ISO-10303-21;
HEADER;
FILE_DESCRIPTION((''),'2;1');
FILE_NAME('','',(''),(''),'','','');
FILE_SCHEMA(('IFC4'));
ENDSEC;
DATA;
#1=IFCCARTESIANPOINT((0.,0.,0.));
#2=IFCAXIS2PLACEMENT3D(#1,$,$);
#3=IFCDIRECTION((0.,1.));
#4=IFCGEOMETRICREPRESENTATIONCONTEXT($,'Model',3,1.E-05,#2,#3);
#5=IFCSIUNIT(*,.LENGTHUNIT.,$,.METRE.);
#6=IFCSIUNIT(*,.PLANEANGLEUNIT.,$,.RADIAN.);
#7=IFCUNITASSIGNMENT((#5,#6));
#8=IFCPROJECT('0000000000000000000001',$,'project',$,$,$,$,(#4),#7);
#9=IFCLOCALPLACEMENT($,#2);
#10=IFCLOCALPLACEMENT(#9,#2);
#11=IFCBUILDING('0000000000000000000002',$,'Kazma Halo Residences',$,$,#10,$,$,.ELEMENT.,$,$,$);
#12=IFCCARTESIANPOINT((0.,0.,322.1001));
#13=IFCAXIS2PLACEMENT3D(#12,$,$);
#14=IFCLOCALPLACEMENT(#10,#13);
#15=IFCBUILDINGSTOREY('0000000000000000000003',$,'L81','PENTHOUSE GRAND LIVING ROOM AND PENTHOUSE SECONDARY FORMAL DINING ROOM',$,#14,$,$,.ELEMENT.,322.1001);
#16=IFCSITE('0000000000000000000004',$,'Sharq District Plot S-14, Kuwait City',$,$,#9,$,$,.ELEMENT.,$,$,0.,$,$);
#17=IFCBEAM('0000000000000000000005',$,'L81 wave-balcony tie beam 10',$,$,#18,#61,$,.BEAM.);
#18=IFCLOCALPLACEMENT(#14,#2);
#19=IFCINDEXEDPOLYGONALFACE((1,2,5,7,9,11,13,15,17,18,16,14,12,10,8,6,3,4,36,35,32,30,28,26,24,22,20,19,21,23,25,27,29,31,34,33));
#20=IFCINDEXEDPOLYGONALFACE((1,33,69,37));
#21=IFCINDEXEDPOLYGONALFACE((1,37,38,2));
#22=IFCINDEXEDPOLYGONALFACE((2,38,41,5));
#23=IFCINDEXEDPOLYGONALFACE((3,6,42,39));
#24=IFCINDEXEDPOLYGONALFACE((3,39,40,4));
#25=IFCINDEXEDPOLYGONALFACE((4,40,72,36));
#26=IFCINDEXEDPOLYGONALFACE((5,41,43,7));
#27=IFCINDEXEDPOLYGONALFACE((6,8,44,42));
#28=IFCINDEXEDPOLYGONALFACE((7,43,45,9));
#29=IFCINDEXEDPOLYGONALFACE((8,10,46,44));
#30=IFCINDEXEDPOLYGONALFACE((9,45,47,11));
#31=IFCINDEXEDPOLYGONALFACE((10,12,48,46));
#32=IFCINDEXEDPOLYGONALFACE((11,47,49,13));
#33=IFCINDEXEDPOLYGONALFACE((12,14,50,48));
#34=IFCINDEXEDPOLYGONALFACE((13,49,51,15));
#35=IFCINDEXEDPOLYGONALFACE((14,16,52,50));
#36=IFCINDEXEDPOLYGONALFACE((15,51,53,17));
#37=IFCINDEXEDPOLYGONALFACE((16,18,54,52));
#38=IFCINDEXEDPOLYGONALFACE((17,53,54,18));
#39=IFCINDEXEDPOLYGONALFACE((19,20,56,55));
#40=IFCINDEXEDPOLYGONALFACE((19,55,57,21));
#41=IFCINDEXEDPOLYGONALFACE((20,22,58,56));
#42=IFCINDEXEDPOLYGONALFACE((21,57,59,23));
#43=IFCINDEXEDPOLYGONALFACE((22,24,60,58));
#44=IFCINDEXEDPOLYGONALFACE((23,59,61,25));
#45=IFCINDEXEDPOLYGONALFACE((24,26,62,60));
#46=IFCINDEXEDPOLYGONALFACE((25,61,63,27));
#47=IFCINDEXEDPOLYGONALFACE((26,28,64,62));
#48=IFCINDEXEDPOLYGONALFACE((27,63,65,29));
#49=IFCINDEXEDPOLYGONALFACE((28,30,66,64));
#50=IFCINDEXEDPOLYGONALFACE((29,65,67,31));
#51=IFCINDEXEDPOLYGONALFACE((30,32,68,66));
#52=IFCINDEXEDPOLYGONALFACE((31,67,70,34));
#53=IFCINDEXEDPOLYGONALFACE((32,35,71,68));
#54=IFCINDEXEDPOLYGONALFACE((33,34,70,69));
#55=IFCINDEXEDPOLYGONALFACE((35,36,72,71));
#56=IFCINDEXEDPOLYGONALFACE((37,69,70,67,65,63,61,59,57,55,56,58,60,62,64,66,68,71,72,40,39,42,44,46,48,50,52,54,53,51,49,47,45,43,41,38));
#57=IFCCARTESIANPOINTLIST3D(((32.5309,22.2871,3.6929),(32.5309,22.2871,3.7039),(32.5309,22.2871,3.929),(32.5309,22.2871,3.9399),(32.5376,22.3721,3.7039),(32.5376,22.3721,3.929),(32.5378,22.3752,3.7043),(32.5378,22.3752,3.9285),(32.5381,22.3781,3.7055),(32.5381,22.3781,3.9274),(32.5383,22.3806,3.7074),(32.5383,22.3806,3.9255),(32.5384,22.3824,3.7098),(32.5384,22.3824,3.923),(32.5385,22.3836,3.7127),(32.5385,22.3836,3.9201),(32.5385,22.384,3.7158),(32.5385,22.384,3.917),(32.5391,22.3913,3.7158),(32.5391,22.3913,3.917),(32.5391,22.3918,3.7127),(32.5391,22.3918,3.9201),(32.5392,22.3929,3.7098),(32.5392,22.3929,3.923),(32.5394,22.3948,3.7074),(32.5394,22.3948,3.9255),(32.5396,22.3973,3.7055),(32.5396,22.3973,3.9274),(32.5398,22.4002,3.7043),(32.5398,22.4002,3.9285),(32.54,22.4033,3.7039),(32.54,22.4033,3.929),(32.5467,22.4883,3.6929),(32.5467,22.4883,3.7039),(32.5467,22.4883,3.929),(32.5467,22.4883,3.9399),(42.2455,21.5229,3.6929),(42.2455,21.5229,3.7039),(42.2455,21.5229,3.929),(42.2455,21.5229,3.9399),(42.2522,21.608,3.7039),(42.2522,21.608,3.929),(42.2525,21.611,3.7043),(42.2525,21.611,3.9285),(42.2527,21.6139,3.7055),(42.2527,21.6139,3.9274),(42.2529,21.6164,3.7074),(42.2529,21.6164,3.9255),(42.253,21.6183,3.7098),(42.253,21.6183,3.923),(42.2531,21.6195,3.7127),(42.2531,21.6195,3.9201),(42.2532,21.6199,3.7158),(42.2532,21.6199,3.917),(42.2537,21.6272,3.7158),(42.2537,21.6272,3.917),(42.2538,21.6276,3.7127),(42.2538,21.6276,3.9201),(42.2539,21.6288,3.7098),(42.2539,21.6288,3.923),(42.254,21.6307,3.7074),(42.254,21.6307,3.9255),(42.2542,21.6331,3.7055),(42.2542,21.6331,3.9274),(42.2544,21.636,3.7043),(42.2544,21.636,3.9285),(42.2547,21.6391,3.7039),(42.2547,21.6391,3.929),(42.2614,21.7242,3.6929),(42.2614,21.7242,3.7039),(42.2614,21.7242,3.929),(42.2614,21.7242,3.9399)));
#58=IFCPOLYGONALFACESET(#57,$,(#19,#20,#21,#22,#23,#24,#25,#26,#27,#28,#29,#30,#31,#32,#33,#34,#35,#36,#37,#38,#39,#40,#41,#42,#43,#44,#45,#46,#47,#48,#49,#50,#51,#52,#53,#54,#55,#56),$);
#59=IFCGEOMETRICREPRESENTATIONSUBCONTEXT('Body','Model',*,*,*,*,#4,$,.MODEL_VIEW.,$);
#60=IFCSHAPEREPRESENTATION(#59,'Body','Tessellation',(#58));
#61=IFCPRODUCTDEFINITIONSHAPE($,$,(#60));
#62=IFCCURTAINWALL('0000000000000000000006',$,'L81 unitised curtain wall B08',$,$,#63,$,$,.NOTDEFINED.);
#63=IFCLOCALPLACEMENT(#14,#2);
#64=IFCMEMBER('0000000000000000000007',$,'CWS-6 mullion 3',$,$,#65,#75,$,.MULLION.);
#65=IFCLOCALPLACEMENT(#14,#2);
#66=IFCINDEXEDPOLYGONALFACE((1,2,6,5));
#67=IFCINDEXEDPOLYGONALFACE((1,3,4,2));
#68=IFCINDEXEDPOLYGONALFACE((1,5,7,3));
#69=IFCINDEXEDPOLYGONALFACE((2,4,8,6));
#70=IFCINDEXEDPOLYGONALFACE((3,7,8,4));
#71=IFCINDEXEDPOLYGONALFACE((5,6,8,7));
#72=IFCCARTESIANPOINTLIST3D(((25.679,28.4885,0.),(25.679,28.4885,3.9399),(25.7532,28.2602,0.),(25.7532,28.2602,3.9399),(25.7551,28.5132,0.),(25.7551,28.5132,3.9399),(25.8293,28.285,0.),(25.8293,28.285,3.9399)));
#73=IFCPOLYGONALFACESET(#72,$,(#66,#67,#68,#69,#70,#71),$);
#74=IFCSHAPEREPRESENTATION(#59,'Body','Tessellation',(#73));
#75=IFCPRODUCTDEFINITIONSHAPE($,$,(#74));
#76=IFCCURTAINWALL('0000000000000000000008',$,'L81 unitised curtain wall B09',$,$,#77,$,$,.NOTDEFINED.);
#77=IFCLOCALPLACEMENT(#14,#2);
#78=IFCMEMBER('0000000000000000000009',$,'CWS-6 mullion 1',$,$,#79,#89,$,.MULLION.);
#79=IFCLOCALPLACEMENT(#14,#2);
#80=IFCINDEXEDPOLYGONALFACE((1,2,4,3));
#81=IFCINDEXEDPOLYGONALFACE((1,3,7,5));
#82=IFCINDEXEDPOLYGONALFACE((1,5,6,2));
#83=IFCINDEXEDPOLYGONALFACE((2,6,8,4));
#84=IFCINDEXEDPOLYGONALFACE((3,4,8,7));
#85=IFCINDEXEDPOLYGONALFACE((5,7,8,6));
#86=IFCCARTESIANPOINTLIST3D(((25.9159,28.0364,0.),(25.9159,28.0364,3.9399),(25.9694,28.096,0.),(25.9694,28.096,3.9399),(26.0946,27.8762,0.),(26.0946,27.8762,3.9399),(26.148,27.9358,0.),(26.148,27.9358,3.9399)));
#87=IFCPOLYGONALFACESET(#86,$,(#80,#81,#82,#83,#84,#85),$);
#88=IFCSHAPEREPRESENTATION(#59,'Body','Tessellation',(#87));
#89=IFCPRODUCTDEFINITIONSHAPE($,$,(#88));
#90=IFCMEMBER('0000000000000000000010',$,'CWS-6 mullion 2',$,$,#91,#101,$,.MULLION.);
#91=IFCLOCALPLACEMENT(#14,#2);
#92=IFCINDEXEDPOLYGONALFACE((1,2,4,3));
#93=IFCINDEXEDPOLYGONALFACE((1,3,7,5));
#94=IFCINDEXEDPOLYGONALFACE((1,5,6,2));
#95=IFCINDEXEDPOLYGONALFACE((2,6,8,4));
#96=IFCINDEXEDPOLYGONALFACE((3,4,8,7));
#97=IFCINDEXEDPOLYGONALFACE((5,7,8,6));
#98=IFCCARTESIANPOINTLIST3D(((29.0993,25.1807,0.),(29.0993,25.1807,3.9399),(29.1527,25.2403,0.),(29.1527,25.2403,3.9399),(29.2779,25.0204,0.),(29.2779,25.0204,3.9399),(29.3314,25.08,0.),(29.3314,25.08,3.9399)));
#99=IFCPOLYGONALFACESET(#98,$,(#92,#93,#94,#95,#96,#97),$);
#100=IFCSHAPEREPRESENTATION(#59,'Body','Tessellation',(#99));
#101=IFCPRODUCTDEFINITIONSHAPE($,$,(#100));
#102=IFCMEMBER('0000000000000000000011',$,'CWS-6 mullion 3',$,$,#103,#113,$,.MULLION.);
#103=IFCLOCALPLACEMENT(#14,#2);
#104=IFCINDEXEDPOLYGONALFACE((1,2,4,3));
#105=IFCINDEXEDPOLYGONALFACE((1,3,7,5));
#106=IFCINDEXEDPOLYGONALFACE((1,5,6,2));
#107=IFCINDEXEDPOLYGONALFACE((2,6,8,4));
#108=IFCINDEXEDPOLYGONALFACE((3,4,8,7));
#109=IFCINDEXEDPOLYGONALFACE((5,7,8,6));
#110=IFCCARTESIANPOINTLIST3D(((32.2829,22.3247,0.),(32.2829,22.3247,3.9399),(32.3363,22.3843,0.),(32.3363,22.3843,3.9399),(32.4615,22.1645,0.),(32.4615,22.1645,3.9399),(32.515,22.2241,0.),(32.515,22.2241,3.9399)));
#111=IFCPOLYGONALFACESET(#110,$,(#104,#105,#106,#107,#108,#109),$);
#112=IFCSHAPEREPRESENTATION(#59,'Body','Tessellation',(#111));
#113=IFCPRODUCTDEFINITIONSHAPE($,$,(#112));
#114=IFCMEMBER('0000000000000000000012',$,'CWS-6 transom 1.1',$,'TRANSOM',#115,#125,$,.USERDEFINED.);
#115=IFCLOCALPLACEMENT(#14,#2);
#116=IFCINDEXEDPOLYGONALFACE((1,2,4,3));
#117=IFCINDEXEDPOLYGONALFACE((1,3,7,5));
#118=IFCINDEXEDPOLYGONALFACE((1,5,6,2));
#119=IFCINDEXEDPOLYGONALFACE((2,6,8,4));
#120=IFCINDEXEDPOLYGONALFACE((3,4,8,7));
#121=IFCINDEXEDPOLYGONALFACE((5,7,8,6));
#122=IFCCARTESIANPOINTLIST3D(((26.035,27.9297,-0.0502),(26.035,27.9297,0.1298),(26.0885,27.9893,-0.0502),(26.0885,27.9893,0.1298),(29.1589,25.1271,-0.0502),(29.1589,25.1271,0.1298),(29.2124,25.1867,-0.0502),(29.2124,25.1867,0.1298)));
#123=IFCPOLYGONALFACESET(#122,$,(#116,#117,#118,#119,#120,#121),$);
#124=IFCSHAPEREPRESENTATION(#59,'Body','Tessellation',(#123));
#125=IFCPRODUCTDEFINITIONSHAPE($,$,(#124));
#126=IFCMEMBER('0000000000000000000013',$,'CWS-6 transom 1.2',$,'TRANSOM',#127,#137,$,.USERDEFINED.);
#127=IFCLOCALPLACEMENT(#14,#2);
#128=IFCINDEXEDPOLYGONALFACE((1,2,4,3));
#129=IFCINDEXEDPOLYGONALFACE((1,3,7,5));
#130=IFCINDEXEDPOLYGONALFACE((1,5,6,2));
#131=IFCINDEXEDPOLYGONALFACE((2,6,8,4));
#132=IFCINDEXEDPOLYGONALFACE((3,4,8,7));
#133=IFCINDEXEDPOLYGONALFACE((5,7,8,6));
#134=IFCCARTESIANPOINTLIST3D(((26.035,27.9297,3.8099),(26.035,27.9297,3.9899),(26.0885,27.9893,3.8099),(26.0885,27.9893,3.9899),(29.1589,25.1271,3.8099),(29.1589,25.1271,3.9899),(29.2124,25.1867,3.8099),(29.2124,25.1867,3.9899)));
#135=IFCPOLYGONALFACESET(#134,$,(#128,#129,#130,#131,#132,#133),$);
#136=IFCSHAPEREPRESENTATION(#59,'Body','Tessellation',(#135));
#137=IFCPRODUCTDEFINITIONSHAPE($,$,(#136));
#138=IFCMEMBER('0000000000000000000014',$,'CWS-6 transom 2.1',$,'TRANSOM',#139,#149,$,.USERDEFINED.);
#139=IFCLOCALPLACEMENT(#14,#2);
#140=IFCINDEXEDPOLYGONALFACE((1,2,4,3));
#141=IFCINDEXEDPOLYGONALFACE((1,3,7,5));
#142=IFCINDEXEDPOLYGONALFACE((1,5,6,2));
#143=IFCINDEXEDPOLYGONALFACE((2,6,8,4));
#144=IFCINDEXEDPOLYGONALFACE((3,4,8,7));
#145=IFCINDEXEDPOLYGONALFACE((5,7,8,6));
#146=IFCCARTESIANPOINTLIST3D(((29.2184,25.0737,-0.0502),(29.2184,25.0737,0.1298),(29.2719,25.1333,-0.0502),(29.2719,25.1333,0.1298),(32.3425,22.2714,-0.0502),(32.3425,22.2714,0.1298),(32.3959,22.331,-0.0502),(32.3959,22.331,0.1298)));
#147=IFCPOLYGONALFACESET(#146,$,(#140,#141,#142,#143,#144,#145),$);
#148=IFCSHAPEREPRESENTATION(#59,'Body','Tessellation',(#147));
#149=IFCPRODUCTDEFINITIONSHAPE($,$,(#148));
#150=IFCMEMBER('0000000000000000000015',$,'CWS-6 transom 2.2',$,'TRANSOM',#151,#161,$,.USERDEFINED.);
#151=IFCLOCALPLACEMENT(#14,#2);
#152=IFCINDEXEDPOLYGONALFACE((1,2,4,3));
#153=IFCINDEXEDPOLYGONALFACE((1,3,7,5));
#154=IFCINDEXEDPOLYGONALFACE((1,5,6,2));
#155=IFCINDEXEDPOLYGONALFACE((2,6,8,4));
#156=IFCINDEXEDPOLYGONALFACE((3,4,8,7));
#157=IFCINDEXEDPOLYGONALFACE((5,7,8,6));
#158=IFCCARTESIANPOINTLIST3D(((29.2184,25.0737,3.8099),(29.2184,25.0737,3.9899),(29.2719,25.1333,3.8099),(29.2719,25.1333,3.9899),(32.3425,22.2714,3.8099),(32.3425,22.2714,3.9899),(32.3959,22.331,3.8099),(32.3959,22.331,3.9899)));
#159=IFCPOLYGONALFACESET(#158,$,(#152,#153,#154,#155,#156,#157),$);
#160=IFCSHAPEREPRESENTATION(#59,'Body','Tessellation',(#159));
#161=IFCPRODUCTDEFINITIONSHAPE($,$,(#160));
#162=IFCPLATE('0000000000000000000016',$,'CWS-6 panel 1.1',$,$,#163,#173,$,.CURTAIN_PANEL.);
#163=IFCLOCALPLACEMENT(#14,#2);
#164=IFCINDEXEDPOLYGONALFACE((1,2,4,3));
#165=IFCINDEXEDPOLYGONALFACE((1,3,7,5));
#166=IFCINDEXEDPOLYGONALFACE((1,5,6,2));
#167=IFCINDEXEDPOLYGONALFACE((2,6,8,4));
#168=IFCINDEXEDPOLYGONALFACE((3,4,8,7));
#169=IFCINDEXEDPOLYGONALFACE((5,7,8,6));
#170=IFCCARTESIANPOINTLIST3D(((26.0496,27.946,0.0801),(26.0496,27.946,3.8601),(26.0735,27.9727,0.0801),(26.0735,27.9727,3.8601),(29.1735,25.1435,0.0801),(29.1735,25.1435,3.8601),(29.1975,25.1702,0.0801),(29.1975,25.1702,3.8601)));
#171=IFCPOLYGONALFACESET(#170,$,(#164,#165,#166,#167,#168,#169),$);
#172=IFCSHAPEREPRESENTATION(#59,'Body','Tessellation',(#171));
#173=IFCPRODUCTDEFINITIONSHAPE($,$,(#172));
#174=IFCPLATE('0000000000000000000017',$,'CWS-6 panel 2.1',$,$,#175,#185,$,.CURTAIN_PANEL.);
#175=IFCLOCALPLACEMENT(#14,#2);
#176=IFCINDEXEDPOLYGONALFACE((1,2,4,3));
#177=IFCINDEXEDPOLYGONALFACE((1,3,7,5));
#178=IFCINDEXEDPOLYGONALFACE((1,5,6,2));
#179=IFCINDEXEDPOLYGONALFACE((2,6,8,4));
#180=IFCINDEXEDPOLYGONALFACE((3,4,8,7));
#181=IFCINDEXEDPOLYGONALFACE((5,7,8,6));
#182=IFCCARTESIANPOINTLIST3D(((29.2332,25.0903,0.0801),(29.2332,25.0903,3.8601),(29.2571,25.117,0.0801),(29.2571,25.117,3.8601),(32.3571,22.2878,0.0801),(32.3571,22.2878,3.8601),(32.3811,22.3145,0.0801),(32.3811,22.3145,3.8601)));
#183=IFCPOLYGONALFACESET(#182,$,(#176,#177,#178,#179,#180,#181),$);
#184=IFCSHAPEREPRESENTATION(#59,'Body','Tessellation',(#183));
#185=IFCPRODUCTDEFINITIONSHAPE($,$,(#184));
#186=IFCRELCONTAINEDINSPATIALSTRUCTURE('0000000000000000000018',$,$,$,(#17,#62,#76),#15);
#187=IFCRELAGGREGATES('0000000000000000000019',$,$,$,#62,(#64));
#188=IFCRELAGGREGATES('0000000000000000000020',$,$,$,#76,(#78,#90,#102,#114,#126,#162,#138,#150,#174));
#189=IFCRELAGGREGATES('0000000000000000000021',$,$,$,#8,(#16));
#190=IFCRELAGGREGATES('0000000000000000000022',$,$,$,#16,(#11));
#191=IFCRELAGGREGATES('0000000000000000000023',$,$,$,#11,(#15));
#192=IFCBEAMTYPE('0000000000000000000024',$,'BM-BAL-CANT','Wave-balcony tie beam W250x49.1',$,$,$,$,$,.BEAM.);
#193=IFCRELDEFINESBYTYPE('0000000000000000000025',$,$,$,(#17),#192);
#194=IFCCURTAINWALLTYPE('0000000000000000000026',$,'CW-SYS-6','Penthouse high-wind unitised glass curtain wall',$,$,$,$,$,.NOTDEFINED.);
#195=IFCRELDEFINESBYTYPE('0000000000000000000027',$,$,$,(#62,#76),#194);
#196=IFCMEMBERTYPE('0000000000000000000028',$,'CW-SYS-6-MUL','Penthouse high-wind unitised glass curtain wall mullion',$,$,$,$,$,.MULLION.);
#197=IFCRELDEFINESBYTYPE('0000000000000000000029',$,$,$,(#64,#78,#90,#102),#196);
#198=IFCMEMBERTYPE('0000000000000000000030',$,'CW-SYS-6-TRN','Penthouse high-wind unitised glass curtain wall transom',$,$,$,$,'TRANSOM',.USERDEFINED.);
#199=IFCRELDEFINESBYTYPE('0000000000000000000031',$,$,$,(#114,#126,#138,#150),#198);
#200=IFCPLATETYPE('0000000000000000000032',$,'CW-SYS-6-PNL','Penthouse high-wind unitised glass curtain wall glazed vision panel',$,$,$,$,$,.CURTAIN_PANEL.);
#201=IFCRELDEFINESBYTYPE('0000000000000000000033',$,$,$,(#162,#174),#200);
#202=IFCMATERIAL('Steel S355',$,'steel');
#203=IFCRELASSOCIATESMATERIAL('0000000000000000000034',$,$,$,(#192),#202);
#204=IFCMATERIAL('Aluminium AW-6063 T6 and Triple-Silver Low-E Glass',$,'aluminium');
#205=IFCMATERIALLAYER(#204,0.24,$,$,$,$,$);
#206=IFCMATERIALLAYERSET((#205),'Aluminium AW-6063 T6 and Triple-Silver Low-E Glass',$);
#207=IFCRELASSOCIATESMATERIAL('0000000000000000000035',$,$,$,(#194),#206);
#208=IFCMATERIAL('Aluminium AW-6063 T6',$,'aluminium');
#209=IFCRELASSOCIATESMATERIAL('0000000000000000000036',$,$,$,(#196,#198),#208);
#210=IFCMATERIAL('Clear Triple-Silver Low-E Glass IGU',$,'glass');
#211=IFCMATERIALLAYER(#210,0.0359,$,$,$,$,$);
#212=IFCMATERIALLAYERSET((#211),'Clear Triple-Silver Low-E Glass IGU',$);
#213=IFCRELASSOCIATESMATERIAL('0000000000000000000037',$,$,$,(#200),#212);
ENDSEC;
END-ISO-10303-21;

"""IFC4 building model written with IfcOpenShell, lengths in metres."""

from ifc_helpers import new_model, si_unit, direction, frame, origin, origin_2d, place, context, subcontext, project, spatial, rectangle, i_section, extrude, material, layer, layer_set, material_profile, profile_set, type_object, element, aggregate, save


model = new_model("IFC4")

# Units and contexts
model_context = context("Model", 3, precision=1e-05, world=origin(), true_north=direction((0.0, 1.0)))
body_context = subcontext(model_context, "Body", "Model", "MODEL_VIEW")
ifc_project = project(units=[si_unit("LENGTHUNIT", "METRE"), si_unit("PLANEANGLEUNIT", "RADIAN")], contexts=[model_context])

# Site, building, storey
site_placement = place(None, origin())
site = spatial("IfcSite", under=ifc_project, at=site_placement, Name="Sharq District Plot S-14, Kuwait City", CompositionType="ELEMENT", RefElevation=0.0)
building_placement = place(site_placement, origin())
building = spatial("IfcBuilding", under=site, at=building_placement, Name="Kazma Halo Residences", CompositionType="ELEMENT")
storey_placement = place(building_placement, frame((0.0, 0.0, 322.1001)))
storey = spatial("IfcBuildingStorey", under=building, at=storey_placement, Name="L81", Description="PENTHOUSE GRAND LIVING ROOM AND PENTHOUSE SECONDARY FORMAL DINING ROOM", CompositionType="ELEMENT", Elevation=322.1001)

# Beam
ifc_material_1 = material(Name="Steel S355", Category="steel")
ifc_material_profile_1 = material_profile(ifc_material_1, i_section(OverallWidth=0.2019, OverallDepth=0.2471, WebThickness=0.0073, FlangeThickness=0.011, FilletRadius=0.012, at=origin_2d()), Name="W250x49.1")
ifc_profile_set_1 = profile_set([ifc_material_profile_1], Name="Steel S355")
beam_type = type_object("IfcBeamType", Name="BM-BAL-CANT", Description="Wave-balcony tie beam W250x49.1", PredefinedType="BEAM", material=ifc_profile_set_1)
beam_placement = place(storey_placement, frame((32.5388, 22.3877, 3.8164), z_axis=(0.996921, -0.078419, 0.0), x_axis=(0.078419, 0.996921, 0.0)))
element("IfcBeam", 1, at=beam_placement, inside=storey, type_object=beam_type, Name="L81 wave-balcony tie beam 10", PredefinedType="BEAM", context=body_context, shape_type="SweptSolid", body=[
    extrude(i_section(OverallWidth=0.2019, OverallDepth=0.2471, WebThickness=0.0073, FlangeThickness=0.011, FilletRadius=0.012, at=origin_2d()), origin(), (0.0, 0.0, 1.0), 9.7446),
])

# Curtain wall, member
ifc_material_2 = material(Name="Aluminium AW-6063 T6 and Triple-Silver Low-E Glass", Category="aluminium")
ifc_layer_1 = layer(ifc_material_2, 0.24)
ifc_layer_set_1 = layer_set([ifc_layer_1], Name="Aluminium AW-6063 T6 and Triple-Silver Low-E Glass")
curtain_wall_type = type_object("IfcCurtainWallType", Name="CW-SYS-6", Description="Penthouse high-wind unitised glass curtain wall", PredefinedType="NOTDEFINED", material=ifc_layer_set_1)
curtain_wall_1_placement = place(storey_placement, origin())
curtain_wall_1 = element("IfcCurtainWall", 2, at=curtain_wall_1_placement, inside=storey, type_object=curtain_wall_type, Name="L81 unitised curtain wall B08", PredefinedType="NOTDEFINED")
ifc_material_3 = material(Name="Aluminium AW-6063 T6", Category="aluminium")
ifc_material_profile_2 = material_profile(ifc_material_3, rectangle(XDim=0.0801, YDim=0.24, at=origin_2d()), Name="CWM-80x240")
ifc_profile_set_2 = profile_set([ifc_material_profile_2], Name="Aluminium AW-6063 T6")
member_type_1 = type_object("IfcMemberType", Name="CW-SYS-6-MUL", Description="Penthouse high-wind unitised glass curtain wall mullion", PredefinedType="MULLION", material=ifc_profile_set_2)
member_1_placement = place(storey_placement, frame((25.7542, 28.3867, 0.0), z_axis=(0.0, 0.0, 1.0), x_axis=(0.951056, 0.309019, 0.0)))
member_1 = element("IfcMember", 3, at=member_1_placement, type_object=member_type_1, Name="CWS-6 mullion 3", PredefinedType="MULLION", context=body_context, shape_type="SweptSolid", body=[
    extrude(rectangle(XDim=0.0801, YDim=0.24, at=origin_2d()), origin(), (0.0, 0.0, 1.0), 3.9399),
])
aggregate(curtain_wall_1, [member_1])

# Curtain wall, members, plates
curtain_wall_2_placement = place(storey_placement, origin())
curtain_wall_2 = element("IfcCurtainWall", 4, at=curtain_wall_2_placement, inside=storey, type_object=curtain_wall_type, Name="L81 unitised curtain wall B09", PredefinedType="NOTDEFINED")
member_2_placement = place(storey_placement, frame((26.032, 27.9861, 0.0), z_axis=(0.0, 0.0, 1.0), x_axis=(0.667758, 0.744379, 0.0)))
member_2 = element("IfcMember", 5, at=member_2_placement, type_object=member_type_1, Name="CWS-6 mullion 1", PredefinedType="MULLION", context=body_context, shape_type="SweptSolid", body=[
    extrude(rectangle(XDim=0.0801, YDim=0.24, at=origin_2d()), origin(), (0.0, 0.0, 1.0), 3.9399),
])
member_3_placement = place(storey_placement, frame((29.2153, 25.1304, 0.0), z_axis=(0.0, 0.0, 1.0), x_axis=(0.667758, 0.744379, 0.0)))
member_3 = element("IfcMember", 6, at=member_3_placement, type_object=member_type_1, Name="CWS-6 mullion 2", PredefinedType="MULLION", context=body_context, shape_type="SweptSolid", body=[
    extrude(rectangle(XDim=0.0801, YDim=0.24, at=origin_2d()), origin(), (0.0, 0.0, 1.0), 3.9399),
])
member_4_placement = place(storey_placement, frame((32.3989, 22.2744, 0.0), z_axis=(0.0, 0.0, 1.0), x_axis=(0.667758, 0.744379, 0.0)))
member_4 = element("IfcMember", 7, at=member_4_placement, type_object=member_type_1, Name="CWS-6 mullion 3", PredefinedType="MULLION", context=body_context, shape_type="SweptSolid", body=[
    extrude(rectangle(XDim=0.0801, YDim=0.24, at=origin_2d()), origin(), (0.0, 0.0, 1.0), 3.9399),
])
ifc_material_profile_3 = material_profile(ifc_material_3, rectangle(XDim=0.0801, YDim=0.1799, at=origin_2d()), Name="CWT-80x180")
ifc_profile_set_3 = profile_set([ifc_material_profile_3], Name="Aluminium AW-6063 T6")
member_type_2 = type_object("IfcMemberType", Name="CW-SYS-6-TRN", Description="Penthouse high-wind unitised glass curtain wall transom", ElementType="TRANSOM", PredefinedType="USERDEFINED", material=ifc_profile_set_3)
member_5_placement = place(storey_placement, frame((26.0618, 27.9595, 0.0398), z_axis=(0.744349, -0.667791, 0.0), x_axis=(0.667791, 0.744349, 0.0)))
member_5 = element("IfcMember", 8, at=member_5_placement, type_object=member_type_2, Name="CWS-6 transom 1.1", ObjectType="TRANSOM", PredefinedType="USERDEFINED", context=body_context, shape_type="SweptSolid", body=[
    extrude(rectangle(XDim=0.0801, YDim=0.1799, at=origin_2d()), origin(), (0.0, 0.0, 1.0), 4.1968),
])
member_6_placement = place(storey_placement, frame((26.0618, 27.9595, 3.8999), z_axis=(0.744349, -0.667791, 0.0), x_axis=(0.667791, 0.744349, 0.0)))
member_6 = element("IfcMember", 9, at=member_6_placement, type_object=member_type_2, Name="CWS-6 transom 1.2", ObjectType="TRANSOM", PredefinedType="USERDEFINED", context=body_context, shape_type="SweptSolid", body=[
    extrude(rectangle(XDim=0.0801, YDim=0.1799, at=origin_2d()), origin(), (0.0, 0.0, 1.0), 4.1968),
])
member_7_placement = place(storey_placement, frame((29.2451, 25.1035, 0.0398), z_axis=(0.744404, -0.66773, 0.0), x_axis=(0.66773, 0.744404, 0.0)))
member_7 = element("IfcMember", 10, at=member_7_placement, type_object=member_type_2, Name="CWS-6 transom 2.1", ObjectType="TRANSOM", PredefinedType="USERDEFINED", context=body_context, shape_type="SweptSolid", body=[
    extrude(rectangle(XDim=0.0801, YDim=0.1799, at=origin_2d()), origin(), (0.0, 0.0, 1.0), 4.1968),
])
member_8_placement = place(storey_placement, frame((29.2451, 25.1035, 3.8999), z_axis=(0.744404, -0.66773, 0.0), x_axis=(0.66773, 0.744404, 0.0)))
member_8 = element("IfcMember", 11, at=member_8_placement, type_object=member_type_2, Name="CWS-6 transom 2.2", ObjectType="TRANSOM", PredefinedType="USERDEFINED", context=body_context, shape_type="SweptSolid", body=[
    extrude(rectangle(XDim=0.0801, YDim=0.1799, at=origin_2d()), origin(), (0.0, 0.0, 1.0), 4.1968),
])
ifc_material_4 = material(Name="Clear Triple-Silver Low-E Glass IGU", Category="glass")
ifc_layer_2 = layer(ifc_material_4, 0.0359)
ifc_layer_set_2 = layer_set([ifc_layer_2], Name="Clear Triple-Silver Low-E Glass IGU")
plate_type = type_object("IfcPlateType", Name="CW-SYS-6-PNL", Description="Penthouse high-wind unitised glass curtain wall glazed vision panel", PredefinedType="CURTAIN_PANEL", material=ifc_layer_set_2)
plate_1_placement = place(storey_placement, frame((27.6235, 26.5581, 0.0801), z_axis=(0.0, 0.0, 1.0), x_axis=(0.744379, -0.667758, 0.0)))
plate_1 = element("IfcPlate", 12, at=plate_1_placement, type_object=plate_type, Name="CWS-6 panel 1.1", PredefinedType="CURTAIN_PANEL", context=body_context, shape_type="SweptSolid", body=[
    extrude(rectangle(XDim=4.1968, YDim=0.0359, at=origin_2d()), origin(), (0.0, 0.0, 1.0), 3.78),
])
plate_2_placement = place(storey_placement, frame((30.8071, 23.7024, 0.0801), z_axis=(0.0, 0.0, 1.0), x_axis=(0.744379, -0.667758, 0.0)))
plate_2 = element("IfcPlate", 13, at=plate_2_placement, type_object=plate_type, Name="CWS-6 panel 2.1", PredefinedType="CURTAIN_PANEL", context=body_context, shape_type="SweptSolid", body=[
    extrude(rectangle(XDim=4.1968, YDim=0.0359, at=origin_2d()), origin(), (0.0, 0.0, 1.0), 3.78),
])
aggregate(curtain_wall_2, [member_2, member_3, member_4, member_5, member_6, plate_1, member_7, member_8, plate_2])

save(model, "model.ifc")
